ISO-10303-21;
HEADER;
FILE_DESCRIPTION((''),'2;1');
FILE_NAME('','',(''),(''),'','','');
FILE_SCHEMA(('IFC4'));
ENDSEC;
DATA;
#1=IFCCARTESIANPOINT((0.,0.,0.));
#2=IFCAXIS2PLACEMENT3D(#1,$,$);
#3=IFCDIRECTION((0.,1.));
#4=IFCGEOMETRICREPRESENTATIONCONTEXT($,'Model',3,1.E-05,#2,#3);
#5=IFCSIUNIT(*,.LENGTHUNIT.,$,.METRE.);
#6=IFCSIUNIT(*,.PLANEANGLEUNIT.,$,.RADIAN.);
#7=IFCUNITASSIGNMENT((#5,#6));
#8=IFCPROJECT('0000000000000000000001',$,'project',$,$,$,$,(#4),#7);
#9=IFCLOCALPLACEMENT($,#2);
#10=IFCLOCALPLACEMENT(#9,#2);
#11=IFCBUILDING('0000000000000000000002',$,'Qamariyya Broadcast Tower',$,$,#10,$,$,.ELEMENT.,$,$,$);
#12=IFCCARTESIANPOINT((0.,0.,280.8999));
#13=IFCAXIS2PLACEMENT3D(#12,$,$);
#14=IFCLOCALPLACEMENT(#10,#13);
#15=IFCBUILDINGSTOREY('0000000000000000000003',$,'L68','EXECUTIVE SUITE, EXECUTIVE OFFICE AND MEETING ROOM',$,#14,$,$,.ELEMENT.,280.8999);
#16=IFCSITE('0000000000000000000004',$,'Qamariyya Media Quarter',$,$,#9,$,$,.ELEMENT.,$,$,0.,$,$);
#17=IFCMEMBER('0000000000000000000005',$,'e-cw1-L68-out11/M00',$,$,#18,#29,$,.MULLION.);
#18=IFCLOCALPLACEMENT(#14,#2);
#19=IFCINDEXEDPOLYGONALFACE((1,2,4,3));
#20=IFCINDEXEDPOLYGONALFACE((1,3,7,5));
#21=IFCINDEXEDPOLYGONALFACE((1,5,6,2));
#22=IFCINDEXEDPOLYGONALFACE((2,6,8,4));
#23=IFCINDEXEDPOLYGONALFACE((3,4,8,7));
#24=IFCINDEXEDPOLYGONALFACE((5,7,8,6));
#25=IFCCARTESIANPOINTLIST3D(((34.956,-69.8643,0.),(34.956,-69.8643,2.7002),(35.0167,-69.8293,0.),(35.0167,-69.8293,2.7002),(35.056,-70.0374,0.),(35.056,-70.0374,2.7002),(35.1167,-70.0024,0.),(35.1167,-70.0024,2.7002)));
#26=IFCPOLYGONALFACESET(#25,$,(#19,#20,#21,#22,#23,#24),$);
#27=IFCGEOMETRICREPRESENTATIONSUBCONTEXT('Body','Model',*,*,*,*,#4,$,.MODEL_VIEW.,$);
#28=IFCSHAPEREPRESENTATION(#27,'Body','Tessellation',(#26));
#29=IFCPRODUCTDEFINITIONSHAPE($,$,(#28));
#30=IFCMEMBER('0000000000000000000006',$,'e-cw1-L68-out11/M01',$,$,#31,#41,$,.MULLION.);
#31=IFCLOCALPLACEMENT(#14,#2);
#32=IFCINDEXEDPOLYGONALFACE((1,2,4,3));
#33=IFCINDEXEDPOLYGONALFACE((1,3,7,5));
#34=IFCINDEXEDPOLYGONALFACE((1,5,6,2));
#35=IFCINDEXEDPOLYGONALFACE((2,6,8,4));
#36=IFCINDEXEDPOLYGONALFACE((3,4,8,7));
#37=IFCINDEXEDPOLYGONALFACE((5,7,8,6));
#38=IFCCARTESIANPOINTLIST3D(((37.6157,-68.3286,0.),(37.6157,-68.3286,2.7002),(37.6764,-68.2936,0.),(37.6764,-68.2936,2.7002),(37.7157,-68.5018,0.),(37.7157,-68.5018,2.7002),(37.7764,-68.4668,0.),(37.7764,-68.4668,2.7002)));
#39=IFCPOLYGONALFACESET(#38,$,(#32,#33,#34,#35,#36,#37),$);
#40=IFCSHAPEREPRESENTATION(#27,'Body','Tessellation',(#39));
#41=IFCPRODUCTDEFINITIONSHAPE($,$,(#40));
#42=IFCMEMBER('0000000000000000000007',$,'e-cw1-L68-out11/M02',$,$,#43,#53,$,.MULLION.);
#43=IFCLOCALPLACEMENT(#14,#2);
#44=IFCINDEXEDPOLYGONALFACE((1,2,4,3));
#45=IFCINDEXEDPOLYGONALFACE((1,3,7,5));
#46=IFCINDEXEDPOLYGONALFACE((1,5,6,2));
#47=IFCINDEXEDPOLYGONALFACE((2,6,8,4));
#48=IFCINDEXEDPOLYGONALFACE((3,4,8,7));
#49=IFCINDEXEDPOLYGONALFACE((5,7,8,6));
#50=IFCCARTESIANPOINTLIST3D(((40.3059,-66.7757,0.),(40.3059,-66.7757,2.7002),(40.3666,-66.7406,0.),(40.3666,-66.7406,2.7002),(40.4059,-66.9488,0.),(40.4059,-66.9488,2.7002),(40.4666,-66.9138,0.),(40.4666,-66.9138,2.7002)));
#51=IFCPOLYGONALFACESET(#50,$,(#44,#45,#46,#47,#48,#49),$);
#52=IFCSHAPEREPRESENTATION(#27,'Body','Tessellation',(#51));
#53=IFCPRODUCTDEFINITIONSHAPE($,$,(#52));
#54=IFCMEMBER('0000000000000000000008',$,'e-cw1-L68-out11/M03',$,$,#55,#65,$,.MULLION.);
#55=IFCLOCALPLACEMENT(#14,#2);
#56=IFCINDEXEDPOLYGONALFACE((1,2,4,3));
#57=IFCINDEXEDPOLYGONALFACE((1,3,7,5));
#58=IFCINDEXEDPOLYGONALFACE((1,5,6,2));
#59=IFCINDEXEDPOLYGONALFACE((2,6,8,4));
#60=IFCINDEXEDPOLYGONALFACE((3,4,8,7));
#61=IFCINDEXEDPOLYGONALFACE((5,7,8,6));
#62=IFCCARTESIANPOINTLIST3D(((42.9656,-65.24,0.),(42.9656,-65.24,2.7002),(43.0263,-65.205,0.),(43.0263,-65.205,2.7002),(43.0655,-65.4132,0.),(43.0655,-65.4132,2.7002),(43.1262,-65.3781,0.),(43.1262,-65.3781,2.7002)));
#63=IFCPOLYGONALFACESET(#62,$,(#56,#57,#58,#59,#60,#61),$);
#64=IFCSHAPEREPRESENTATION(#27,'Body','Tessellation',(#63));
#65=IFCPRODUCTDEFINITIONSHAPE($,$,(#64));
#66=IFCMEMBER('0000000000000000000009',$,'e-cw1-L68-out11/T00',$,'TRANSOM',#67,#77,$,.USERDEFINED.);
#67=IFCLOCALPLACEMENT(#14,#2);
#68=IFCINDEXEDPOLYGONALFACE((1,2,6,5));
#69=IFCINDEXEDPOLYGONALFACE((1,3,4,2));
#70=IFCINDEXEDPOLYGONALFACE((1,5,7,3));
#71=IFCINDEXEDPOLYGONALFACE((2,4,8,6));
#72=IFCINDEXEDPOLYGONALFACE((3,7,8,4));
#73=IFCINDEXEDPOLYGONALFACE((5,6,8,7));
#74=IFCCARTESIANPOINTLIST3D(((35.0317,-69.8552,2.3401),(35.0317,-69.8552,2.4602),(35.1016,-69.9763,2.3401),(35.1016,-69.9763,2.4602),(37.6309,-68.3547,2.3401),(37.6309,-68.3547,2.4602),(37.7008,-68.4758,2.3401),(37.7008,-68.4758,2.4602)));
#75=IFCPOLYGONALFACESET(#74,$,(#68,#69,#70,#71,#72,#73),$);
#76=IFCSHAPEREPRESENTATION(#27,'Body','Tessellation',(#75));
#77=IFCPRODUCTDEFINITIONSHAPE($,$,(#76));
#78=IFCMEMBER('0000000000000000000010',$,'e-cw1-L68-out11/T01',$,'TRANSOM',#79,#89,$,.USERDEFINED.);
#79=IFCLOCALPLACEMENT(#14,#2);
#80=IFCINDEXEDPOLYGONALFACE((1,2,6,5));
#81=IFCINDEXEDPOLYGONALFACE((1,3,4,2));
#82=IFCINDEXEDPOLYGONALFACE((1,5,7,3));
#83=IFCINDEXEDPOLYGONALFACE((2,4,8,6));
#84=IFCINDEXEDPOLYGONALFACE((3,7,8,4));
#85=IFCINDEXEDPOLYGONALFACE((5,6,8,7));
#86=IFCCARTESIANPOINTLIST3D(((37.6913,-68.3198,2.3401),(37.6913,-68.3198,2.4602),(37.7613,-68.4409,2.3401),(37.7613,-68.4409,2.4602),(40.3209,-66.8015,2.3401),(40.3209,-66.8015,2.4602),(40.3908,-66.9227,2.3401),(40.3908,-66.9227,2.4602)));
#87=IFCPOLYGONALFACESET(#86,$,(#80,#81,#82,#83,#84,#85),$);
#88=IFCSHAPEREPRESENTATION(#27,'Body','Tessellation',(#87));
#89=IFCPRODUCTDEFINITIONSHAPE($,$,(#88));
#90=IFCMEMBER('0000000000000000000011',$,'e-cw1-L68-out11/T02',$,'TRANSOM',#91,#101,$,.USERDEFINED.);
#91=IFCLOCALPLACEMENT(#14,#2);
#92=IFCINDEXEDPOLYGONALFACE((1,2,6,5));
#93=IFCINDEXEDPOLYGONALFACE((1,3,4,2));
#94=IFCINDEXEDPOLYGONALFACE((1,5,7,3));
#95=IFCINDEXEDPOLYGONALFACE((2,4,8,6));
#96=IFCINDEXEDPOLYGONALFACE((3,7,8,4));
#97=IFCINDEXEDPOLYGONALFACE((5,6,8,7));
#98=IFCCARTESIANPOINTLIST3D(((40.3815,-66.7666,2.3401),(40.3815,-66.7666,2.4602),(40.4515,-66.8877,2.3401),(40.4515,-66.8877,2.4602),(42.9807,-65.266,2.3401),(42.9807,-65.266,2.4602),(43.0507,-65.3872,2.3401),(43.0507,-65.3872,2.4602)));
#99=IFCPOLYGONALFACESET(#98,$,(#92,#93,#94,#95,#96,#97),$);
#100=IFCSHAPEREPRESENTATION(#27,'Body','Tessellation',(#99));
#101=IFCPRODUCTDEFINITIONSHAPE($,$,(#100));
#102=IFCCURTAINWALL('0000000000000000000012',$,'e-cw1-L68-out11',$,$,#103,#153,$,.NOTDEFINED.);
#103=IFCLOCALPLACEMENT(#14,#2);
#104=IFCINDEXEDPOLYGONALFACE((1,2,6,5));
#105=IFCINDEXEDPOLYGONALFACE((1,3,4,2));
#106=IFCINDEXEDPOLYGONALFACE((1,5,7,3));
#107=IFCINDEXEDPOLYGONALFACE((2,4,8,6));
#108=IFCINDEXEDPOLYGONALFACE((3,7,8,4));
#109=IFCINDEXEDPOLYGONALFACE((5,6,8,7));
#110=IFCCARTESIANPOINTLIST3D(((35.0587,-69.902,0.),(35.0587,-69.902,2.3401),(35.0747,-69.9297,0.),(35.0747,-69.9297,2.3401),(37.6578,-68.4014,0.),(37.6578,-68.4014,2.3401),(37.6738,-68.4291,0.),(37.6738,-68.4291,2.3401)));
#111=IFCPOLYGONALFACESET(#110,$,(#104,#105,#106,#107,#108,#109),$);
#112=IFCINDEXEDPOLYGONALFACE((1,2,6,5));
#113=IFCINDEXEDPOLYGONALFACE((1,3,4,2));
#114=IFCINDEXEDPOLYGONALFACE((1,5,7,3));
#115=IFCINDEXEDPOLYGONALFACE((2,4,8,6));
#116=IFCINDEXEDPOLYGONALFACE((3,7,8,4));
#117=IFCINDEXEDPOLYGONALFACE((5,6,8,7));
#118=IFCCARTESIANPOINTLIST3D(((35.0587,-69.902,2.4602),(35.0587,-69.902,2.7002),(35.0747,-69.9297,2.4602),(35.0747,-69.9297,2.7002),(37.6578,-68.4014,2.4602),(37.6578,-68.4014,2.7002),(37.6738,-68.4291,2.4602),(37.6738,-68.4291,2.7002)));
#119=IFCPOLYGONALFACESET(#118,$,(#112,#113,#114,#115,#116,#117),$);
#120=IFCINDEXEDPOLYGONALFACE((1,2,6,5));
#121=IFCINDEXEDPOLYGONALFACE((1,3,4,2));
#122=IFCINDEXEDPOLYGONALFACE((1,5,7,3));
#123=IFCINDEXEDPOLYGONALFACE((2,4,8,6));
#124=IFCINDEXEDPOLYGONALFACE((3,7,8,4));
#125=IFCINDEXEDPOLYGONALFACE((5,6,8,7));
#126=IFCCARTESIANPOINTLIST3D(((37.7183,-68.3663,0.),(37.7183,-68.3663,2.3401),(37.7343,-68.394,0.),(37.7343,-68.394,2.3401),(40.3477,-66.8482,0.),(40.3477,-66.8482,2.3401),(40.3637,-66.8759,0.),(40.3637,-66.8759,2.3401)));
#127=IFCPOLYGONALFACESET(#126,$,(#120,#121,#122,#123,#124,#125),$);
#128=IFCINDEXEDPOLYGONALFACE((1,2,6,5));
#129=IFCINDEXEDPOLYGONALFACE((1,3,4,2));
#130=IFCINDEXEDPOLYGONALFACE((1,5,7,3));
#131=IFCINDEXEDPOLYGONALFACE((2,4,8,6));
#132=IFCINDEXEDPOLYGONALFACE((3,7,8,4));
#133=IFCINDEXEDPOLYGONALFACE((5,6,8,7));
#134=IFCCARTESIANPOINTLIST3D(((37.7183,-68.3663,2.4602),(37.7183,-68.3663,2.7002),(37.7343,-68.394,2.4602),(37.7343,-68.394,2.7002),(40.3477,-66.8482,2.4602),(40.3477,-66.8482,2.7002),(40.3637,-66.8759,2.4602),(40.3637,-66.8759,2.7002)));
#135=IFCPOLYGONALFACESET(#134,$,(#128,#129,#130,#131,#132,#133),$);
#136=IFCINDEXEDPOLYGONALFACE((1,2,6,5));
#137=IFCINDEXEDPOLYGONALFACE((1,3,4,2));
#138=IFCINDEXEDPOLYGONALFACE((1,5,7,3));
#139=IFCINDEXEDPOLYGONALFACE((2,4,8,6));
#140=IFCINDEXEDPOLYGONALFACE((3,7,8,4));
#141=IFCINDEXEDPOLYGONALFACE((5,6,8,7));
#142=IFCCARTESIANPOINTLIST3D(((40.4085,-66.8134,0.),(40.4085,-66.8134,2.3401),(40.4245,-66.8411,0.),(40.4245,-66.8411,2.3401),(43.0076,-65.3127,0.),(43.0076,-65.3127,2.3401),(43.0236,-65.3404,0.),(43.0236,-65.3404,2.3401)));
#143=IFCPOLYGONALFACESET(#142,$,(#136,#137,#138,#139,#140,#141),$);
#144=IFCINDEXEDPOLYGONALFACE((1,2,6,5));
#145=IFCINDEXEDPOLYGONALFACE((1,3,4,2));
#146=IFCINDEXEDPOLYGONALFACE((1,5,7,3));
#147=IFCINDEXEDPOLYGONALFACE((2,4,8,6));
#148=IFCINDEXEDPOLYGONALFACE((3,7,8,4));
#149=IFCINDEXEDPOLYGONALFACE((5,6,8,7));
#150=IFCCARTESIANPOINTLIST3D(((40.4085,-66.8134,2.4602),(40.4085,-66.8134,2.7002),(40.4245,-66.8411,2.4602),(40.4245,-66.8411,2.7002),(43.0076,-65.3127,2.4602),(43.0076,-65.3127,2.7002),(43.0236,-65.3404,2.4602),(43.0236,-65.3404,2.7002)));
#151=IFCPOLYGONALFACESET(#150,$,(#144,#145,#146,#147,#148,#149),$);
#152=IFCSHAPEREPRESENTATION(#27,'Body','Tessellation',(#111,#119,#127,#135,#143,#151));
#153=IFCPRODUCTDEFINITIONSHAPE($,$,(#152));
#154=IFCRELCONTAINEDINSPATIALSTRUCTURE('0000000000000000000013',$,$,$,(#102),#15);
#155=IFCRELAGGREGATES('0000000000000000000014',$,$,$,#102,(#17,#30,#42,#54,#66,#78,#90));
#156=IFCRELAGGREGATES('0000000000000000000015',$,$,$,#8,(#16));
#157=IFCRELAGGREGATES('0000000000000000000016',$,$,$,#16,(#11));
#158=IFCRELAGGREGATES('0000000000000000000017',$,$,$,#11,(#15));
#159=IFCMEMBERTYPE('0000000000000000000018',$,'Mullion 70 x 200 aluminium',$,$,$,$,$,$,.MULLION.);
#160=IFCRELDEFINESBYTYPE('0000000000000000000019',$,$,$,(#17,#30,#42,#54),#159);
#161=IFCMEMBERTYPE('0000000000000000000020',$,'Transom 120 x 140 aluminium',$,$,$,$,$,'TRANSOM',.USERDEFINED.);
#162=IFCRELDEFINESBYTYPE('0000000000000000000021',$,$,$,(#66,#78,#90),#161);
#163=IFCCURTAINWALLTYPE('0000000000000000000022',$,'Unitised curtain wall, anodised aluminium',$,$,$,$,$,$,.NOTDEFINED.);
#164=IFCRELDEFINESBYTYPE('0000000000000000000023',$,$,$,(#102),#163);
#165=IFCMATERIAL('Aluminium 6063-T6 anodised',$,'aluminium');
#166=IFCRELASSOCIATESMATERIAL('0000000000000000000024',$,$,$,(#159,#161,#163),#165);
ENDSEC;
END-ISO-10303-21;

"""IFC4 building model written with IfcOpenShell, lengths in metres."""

from ifc_helpers import new_model, si_unit, direction, frame, origin, origin_2d, place, context, subcontext, project, spatial, rectangle, extrude, material, material_profile, profile_set, type_object, element, aggregate, save


model = new_model("IFC4")

# Units and contexts
model_context = context("Model", 3, precision=1e-05, world=origin(), true_north=direction((0.0, 1.0)))
body_context = subcontext(model_context, "Body", "Model", "MODEL_VIEW")
ifc_project = project(units=[si_unit("LENGTHUNIT", "METRE"), si_unit("PLANEANGLEUNIT", "RADIAN")], contexts=[model_context])

# Members
ifc_material = material(Name="Aluminium 6063-T6 anodised", Category="aluminium")
ifc_material_profile_1 = material_profile(ifc_material, rectangle(XDim=0.2, YDim=0.0701, at=origin_2d()))
ifc_profile_set_1 = profile_set([ifc_material_profile_1], Name="Aluminium 6063-T6 anodised")
member_type_1 = type_object("IfcMemberType", Name="Mullion 70 x 200 aluminium", PredefinedType="MULLION", material=ifc_profile_set_1)
site_placement = place(None, origin())
building_placement = place(site_placement, origin())
storey_placement = place(building_placement, frame((0.0, 0.0, 280.8999)))
member_1_placement = place(storey_placement, frame((35.0364, -69.9333, 0.0), z_axis=(0.0, 0.0, 1.0), x_axis=(-0.5, 0.866025, 0.0)))
member_1 = element("IfcMember", 1, at=member_1_placement, type_object=member_type_1, Name="e-cw1-L68-out11/M00", PredefinedType="MULLION", context=body_context, shape_type="SweptSolid", body=[
    extrude(rectangle(XDim=0.2, YDim=0.0701, at=origin_2d()), origin(), (0.0, 0.0, 1.0), 2.7002),
])
member_2_placement = place(storey_placement, frame((37.696, -68.3977, 0.0), z_axis=(0.0, 0.0, 1.0), x_axis=(-0.5, 0.866025, 0.0)))
member_2 = element("IfcMember", 2, at=member_2_placement, type_object=member_type_1, Name="e-cw1-L68-out11/M01", PredefinedType="MULLION", context=body_context, shape_type="SweptSolid", body=[
    extrude(rectangle(XDim=0.2, YDim=0.0701, at=origin_2d()), origin(), (0.0, 0.0, 1.0), 2.7002),
])
member_3_placement = place(storey_placement, frame((40.3862, -66.8447, 0.0), z_axis=(0.0, 0.0, 1.0), x_axis=(-0.5, 0.866025, 0.0)))
member_3 = element("IfcMember", 3, at=member_3_placement, type_object=member_type_1, Name="e-cw1-L68-out11/M02", PredefinedType="MULLION", context=body_context, shape_type="SweptSolid", body=[
    extrude(rectangle(XDim=0.2, YDim=0.0701, at=origin_2d()), origin(), (0.0, 0.0, 1.0), 2.7002),
])
member_4_placement = place(storey_placement, frame((43.0459, -65.3091, 0.0), z_axis=(0.0, 0.0, 1.0), x_axis=(-0.5, 0.866025, 0.0)))
member_4 = element("IfcMember", 4, at=member_4_placement, type_object=member_type_1, Name="e-cw1-L68-out11/M03", PredefinedType="MULLION", context=body_context, shape_type="SweptSolid", body=[
    extrude(rectangle(XDim=0.2, YDim=0.0701, at=origin_2d()), origin(), (0.0, 0.0, 1.0), 2.7002),
])
ifc_material_profile_2 = material_profile(ifc_material, rectangle(XDim=0.1399, YDim=0.1201, at=origin_2d()))
ifc_profile_set_2 = profile_set([ifc_material_profile_2], Name="Aluminium 6063-T6 anodised")
member_type_2 = type_object("IfcMemberType", Name="Transom 120 x 140 aluminium", ElementType="TRANSOM", PredefinedType="USERDEFINED", material=ifc_profile_set_2)
member_5_placement = place(storey_placement, frame((35.0667, -69.9158, 2.4001), z_axis=(0.866042, 0.499971, 0.0), x_axis=(-0.499971, 0.866042, 0.0)))
member_5 = element("IfcMember", 5, at=member_5_placement, type_object=member_type_2, Name="e-cw1-L68-out11/T00", ObjectType="TRANSOM", PredefinedType="USERDEFINED", context=body_context, shape_type="SweptSolid", body=[
    extrude(rectangle(XDim=0.1399, YDim=0.1201, at=origin_2d()), origin(), (0.0, 0.0, 1.0), 3.0012),
])
member_6_placement = place(storey_placement, frame((37.7263, -68.3804, 2.4001), z_axis=(0.866013, 0.500022, 0.0), x_axis=(-0.500022, 0.866013, 0.0)))
member_6 = element("IfcMember", 6, at=member_6_placement, type_object=member_type_2, Name="e-cw1-L68-out11/T01", ObjectType="TRANSOM", PredefinedType="USERDEFINED", context=body_context, shape_type="SweptSolid", body=[
    extrude(rectangle(XDim=0.1399, YDim=0.1201, at=origin_2d()), origin(), (0.0, 0.0, 1.0), 3.0364),
])
member_7_placement = place(storey_placement, frame((40.4165, -66.8271, 2.4001), z_axis=(0.866042, 0.499971, 0.0), x_axis=(-0.499971, 0.866042, 0.0)))
member_7 = element("IfcMember", 7, at=member_7_placement, type_object=member_type_2, Name="e-cw1-L68-out11/T02", ObjectType="TRANSOM", PredefinedType="USERDEFINED", context=body_context, shape_type="SweptSolid", body=[
    extrude(rectangle(XDim=0.1399, YDim=0.1201, at=origin_2d()), origin(), (0.0, 0.0, 1.0), 3.0012),
])

# Site, building, storey
site = spatial("IfcSite", under=ifc_project, at=site_placement, Name="Qamariyya Media Quarter", CompositionType="ELEMENT", RefElevation=0.0)
building = spatial("IfcBuilding", under=site, at=building_placement, Name="Qamariyya Broadcast Tower", CompositionType="ELEMENT")
storey = spatial("IfcBuildingStorey", under=building, at=storey_placement, Name="L68", Description="EXECUTIVE SUITE, EXECUTIVE OFFICE AND MEETING ROOM", CompositionType="ELEMENT", Elevation=280.8999)

# Curtain wall
curtain_wall_type = type_object("IfcCurtainWallType", Name="Unitised curtain wall, anodised aluminium", PredefinedType="NOTDEFINED", material=ifc_material)
curtain_wall_1_placement = place(storey_placement, origin())
curtain_wall_1 = element("IfcCurtainWall", 8, at=curtain_wall_1_placement, inside=storey, type_object=curtain_wall_type, Name="e-cw1-L68-out11", PredefinedType="NOTDEFINED", context=body_context, shape_type="SweptSolid", body=[
    extrude(rectangle(XDim=3.0012, YDim=0.032, at=origin_2d()), frame((36.3662, -69.1655, 0.0), x_axis=(0.866018, 0.500013, 0.0)), (0.0, 0.0, 1.0), 2.3401),
    extrude(rectangle(XDim=3.0012, YDim=0.032, at=origin_2d()), frame((36.3662, -69.1655, 2.4602), x_axis=(0.866018, 0.500013, 0.0)), (0.0, 0.0, 1.0), 0.24),
    extrude(rectangle(XDim=3.0361, YDim=0.032, at=origin_2d()), frame((39.041, -67.6211, 0.0), x_axis=(0.866018, 0.500013, 0.0)), (0.0, 0.0, 1.0), 2.3401),
    extrude(rectangle(XDim=3.0361, YDim=0.032, at=origin_2d()), frame((39.041, -67.6211, 2.4602), x_axis=(0.866018, 0.500013, 0.0)), (0.0, 0.0, 1.0), 0.24),
    extrude(rectangle(XDim=3.0012, YDim=0.032, at=origin_2d()), frame((41.7161, -66.0769, 0.0), x_axis=(0.866018, 0.500013, 0.0)), (0.0, 0.0, 1.0), 2.3401),
    extrude(rectangle(XDim=3.0012, YDim=0.032, at=origin_2d()), frame((41.7161, -66.0769, 2.4602), x_axis=(0.866018, 0.500013, 0.0)), (0.0, 0.0, 1.0), 0.24),
])
aggregate(curtain_wall_1, [member_1, member_2, member_3, member_4, member_5, member_6, member_7])

save(model, "model.ifc")
